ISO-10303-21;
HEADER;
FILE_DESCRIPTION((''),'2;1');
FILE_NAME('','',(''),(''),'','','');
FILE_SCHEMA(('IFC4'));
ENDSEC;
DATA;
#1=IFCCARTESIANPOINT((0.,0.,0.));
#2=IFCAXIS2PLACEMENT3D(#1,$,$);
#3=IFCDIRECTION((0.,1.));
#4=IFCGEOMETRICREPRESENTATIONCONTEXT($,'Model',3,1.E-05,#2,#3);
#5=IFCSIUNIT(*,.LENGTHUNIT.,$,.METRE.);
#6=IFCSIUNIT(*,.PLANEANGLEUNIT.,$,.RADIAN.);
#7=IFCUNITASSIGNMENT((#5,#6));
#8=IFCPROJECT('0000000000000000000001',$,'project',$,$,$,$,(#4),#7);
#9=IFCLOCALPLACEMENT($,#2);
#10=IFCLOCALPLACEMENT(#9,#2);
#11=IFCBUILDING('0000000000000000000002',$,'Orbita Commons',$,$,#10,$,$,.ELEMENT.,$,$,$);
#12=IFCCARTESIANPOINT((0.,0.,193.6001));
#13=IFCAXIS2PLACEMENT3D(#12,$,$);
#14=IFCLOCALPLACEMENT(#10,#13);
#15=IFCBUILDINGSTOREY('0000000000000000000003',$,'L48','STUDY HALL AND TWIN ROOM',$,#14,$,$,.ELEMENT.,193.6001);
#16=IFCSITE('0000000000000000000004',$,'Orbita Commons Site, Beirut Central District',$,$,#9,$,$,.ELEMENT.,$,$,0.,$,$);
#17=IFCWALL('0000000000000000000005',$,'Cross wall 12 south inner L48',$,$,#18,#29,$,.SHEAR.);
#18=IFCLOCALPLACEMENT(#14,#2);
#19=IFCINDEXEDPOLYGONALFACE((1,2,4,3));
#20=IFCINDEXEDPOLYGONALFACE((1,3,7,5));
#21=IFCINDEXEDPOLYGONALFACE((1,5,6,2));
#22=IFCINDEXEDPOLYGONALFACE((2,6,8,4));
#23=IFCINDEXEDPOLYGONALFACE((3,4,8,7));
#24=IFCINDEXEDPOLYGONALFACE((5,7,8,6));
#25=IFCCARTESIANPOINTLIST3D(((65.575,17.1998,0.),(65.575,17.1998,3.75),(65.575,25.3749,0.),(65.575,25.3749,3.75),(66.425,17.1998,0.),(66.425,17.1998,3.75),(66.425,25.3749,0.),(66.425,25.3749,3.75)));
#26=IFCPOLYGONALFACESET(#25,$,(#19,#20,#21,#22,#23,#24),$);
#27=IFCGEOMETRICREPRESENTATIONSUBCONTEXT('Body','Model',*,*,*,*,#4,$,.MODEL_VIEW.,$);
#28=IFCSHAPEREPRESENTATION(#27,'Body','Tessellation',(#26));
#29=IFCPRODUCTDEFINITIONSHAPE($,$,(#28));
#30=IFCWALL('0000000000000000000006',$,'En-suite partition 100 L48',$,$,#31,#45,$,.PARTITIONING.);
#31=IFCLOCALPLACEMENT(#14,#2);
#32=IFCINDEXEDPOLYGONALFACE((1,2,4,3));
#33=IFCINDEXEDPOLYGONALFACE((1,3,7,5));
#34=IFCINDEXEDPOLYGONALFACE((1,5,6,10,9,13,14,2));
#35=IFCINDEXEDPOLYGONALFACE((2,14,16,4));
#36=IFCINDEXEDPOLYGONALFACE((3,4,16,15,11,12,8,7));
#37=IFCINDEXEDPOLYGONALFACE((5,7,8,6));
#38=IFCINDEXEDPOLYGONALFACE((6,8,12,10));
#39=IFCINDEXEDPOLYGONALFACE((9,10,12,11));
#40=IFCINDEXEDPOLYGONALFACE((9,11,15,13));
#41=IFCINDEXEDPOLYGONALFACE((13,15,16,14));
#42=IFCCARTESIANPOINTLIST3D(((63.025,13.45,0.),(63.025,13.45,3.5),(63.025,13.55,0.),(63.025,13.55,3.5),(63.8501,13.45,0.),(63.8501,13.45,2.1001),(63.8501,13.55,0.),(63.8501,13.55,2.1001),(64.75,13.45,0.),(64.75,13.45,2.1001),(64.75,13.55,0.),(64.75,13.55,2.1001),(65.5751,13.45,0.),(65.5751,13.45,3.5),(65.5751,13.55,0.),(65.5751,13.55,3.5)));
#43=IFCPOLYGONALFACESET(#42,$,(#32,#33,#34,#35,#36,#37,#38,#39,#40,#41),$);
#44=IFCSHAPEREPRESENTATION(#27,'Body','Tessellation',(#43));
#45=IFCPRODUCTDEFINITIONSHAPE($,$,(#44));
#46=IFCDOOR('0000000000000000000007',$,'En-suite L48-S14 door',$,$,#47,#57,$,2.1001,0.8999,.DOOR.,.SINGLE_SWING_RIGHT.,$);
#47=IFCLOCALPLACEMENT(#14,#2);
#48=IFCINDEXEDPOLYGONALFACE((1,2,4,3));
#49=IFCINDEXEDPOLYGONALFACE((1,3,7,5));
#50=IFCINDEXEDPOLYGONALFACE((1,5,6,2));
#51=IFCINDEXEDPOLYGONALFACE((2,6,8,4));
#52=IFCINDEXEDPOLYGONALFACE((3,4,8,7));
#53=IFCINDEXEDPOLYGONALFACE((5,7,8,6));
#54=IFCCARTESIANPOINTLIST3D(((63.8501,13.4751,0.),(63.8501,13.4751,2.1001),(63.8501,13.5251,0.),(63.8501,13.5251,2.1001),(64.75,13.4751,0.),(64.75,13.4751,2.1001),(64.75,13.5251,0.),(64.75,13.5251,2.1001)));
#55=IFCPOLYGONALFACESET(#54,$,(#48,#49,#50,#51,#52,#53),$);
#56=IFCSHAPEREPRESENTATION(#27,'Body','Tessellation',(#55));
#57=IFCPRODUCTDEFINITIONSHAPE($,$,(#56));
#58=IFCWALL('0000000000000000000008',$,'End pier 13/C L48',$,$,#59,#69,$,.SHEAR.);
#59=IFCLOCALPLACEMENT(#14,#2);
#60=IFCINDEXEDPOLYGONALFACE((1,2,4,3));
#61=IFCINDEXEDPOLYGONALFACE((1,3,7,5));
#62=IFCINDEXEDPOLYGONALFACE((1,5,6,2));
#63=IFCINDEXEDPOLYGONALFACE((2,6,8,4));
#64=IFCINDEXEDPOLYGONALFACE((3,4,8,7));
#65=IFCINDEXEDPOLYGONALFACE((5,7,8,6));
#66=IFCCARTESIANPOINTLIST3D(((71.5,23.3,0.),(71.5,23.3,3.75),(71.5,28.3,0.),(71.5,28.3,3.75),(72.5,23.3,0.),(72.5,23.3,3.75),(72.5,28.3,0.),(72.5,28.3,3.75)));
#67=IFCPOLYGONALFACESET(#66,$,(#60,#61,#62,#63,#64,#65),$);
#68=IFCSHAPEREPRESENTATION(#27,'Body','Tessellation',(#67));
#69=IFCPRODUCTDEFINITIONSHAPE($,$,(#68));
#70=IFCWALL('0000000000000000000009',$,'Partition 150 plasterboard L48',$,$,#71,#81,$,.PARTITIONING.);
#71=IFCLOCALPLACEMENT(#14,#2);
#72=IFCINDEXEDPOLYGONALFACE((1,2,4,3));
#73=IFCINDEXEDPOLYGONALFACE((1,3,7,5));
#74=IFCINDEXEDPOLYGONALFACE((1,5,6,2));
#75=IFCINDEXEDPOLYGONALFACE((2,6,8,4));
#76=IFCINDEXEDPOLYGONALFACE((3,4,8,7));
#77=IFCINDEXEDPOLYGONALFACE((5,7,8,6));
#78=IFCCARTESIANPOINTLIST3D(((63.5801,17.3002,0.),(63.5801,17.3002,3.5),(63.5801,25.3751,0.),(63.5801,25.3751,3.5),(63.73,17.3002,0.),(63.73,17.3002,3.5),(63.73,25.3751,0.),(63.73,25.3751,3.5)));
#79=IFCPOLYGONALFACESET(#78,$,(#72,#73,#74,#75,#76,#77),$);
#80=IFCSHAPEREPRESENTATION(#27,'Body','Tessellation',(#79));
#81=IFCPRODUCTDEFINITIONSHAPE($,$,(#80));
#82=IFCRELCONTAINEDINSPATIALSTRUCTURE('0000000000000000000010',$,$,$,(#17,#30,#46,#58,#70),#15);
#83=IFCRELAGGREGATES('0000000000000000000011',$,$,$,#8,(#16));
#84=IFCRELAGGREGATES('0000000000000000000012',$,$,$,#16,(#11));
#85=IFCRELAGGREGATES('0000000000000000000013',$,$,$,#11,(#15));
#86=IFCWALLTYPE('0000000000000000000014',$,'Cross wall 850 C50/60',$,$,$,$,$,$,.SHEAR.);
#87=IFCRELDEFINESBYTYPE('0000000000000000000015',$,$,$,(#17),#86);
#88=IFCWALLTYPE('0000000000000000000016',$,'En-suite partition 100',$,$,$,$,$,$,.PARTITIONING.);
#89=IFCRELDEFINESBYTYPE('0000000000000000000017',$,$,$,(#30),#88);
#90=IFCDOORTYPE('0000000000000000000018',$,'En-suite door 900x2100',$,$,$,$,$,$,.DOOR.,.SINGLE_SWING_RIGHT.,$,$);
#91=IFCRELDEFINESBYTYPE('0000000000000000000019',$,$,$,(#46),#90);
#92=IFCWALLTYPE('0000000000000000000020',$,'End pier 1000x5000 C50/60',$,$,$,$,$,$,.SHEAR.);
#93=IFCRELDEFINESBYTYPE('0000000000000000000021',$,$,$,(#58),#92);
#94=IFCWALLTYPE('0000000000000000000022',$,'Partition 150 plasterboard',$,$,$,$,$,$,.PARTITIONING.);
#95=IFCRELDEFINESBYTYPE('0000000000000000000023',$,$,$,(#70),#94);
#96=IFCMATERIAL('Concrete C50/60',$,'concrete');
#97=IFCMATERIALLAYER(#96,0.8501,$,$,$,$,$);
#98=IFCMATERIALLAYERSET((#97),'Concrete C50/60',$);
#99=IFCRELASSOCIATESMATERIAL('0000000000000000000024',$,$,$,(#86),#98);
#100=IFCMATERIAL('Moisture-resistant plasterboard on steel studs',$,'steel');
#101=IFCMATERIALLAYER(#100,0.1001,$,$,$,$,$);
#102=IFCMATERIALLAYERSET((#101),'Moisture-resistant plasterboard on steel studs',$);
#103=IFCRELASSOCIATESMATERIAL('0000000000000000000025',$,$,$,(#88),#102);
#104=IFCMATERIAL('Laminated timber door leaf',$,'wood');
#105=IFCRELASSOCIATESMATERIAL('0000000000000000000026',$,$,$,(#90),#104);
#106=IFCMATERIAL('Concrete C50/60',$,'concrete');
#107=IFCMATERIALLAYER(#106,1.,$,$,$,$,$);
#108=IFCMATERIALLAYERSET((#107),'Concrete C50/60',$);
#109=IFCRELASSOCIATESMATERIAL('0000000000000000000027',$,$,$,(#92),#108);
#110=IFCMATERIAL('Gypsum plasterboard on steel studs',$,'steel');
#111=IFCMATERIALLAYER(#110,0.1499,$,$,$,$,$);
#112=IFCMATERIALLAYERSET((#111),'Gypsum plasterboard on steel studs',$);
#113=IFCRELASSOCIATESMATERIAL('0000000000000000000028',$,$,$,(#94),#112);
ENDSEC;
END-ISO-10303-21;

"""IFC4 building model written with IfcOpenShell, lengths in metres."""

from ifc_helpers import new_model, si_unit, direction, frame, frame_2d, origin, place, context, subcontext, project, spatial, rectangle, extrude, material, layer, layer_set, type_object, element, fill, save


model = new_model("IFC4")

# Units and contexts
model_context = context("Model", 3, precision=1e-05, world=origin(), true_north=direction((0.0, 1.0)))
body_context = subcontext(model_context, "Body", "Model", "MODEL_VIEW")
ifc_project = project(units=[si_unit("LENGTHUNIT", "METRE"), si_unit("PLANEANGLEUNIT", "RADIAN")], contexts=[model_context])

# Site, building, storey
site_placement = place(None, origin())
site = spatial("IfcSite", under=ifc_project, at=site_placement, Name="Orbita Commons Site, Beirut Central District", CompositionType="ELEMENT", RefElevation=0.0)
building_placement = place(site_placement, origin())
building = spatial("IfcBuilding", under=site, at=building_placement, Name="Orbita Commons", CompositionType="ELEMENT")
storey_placement = place(building_placement, frame((0.0, 0.0, 193.6001)))
storey = spatial("IfcBuildingStorey", under=building, at=storey_placement, Name="L48", Description="STUDY HALL AND TWIN ROOM", CompositionType="ELEMENT", Elevation=193.6001)

# Wall
ifc_material_1 = material(Name="Concrete C50/60", Category="concrete")
ifc_layer_1 = layer(ifc_material_1, 0.8501)
ifc_layer_set_1 = layer_set([ifc_layer_1], Name="Concrete C50/60")
wall_type_1 = type_object("IfcWallType", Name="Cross wall 850 C50/60", PredefinedType="SHEAR", material=ifc_layer_set_1)
wall_1_placement = place(storey_placement, frame((66.0, 17.2, 0.0), z_axis=(0.0, 0.0, 1.0), x_axis=(0.0, 1.0, 0.0)))
element("IfcWall", 1, at=wall_1_placement, inside=storey, type_object=wall_type_1, Name="Cross wall 12 south inner L48", PredefinedType="SHEAR", context=body_context, shape_type="SweptSolid", body=[
    extrude(rectangle(XDim=8.175, YDim=0.8501, at=frame_2d((4.0874, 0.0))), origin(), (0.0, 0.0, 1.0), 3.75),
])

# Wall, opening, door
ifc_material_2 = material(Name="Moisture-resistant plasterboard on steel studs", Category="steel")
ifc_layer_2 = layer(ifc_material_2, 0.1001)
ifc_layer_set_2 = layer_set([ifc_layer_2], Name="Moisture-resistant plasterboard on steel studs")
wall_type_2 = type_object("IfcWallType", Name="En-suite partition 100", PredefinedType="PARTITIONING", material=ifc_layer_set_2)
wall_2_placement = place(storey_placement, frame((65.575, 13.5, 0.0), z_axis=(0.0, 0.0, 1.0), x_axis=(-1.0, 0.0, 0.0)))
wall_2 = element("IfcWall", 2, at=wall_2_placement, inside=storey, type_object=wall_type_2, Name="En-suite partition 100 L48", PredefinedType="PARTITIONING", context=body_context, shape_type="SweptSolid", body=[
    extrude(rectangle(XDim=2.55, YDim=0.1001, at=frame_2d((1.2749, 0.0))), origin(), (0.0, 0.0, 1.0), 3.5),
])
opening_1_placement = place(wall_2_placement, frame((0.825, 0.0, 0.0)))
opening_1 = element("IfcOpeningElement", 3, at=opening_1_placement, cuts=wall_2, PredefinedType="OPENING", context=body_context, shape_type="SweptSolid", body=[
    extrude(rectangle(XDim=0.8999, YDim=2.1001, at=frame_2d((0.45, 1.05))), frame((0.0, 0.0601, 0.0), z_axis=(0.0, -1.0, 0.0), x_axis=(1.0, 0.0, 0.0)), (0.0, 0.0, 1.0), 0.1201),
])
ifc_material_3 = material(Name="Laminated timber door leaf", Category="wood")
door_type_1 = type_object("IfcDoorType", Name="En-suite door 900x2100", OperationType="SINGLE_SWING_RIGHT", PredefinedType="DOOR", material=ifc_material_3)
door_1_placement = place(opening_1_placement, origin())
door_1 = element("IfcDoor", 4, at=door_1_placement, inside=storey, type_object=door_type_1, Name="En-suite L48-S14 door", OperationType="SINGLE_SWING_RIGHT", OverallHeight=2.1001, OverallWidth=0.8999, PredefinedType="DOOR", context=body_context, shape_type="SweptSolid", body=[
    extrude(rectangle(XDim=0.8999, YDim=2.1001, at=frame_2d((0.45, 1.05))), frame((0.0, 0.0249, 0.0), z_axis=(0.0, -1.0, 0.0), x_axis=(1.0, 0.0, 0.0)), (0.0, 0.0, 1.0), 0.05),
])
fill(opening_1, door_1)

# Walls
ifc_material_4 = material(Name="Concrete C50/60", Category="concrete")
ifc_layer_3 = layer(ifc_material_4, 1.0)
ifc_layer_set_3 = layer_set([ifc_layer_3], Name="Concrete C50/60")
wall_type_3 = type_object("IfcWallType", Name="End pier 1000x5000 C50/60", PredefinedType="SHEAR", material=ifc_layer_set_3)
wall_3_placement = place(storey_placement, frame((72.0, 23.3, 0.0), z_axis=(0.0, 0.0, 1.0), x_axis=(0.0, 1.0, 0.0)))
element("IfcWall", 5, at=wall_3_placement, inside=storey, type_object=wall_type_3, Name="End pier 13/C L48", PredefinedType="SHEAR", context=body_context, shape_type="SweptSolid", body=[
    extrude(rectangle(XDim=5.0, YDim=1.0, at=frame_2d((2.5, 0.0))), origin(), (0.0, 0.0, 1.0), 3.75),
])
ifc_material_5 = material(Name="Gypsum plasterboard on steel studs", Category="steel")
ifc_layer_4 = layer(ifc_material_5, 0.1499)
ifc_layer_set_4 = layer_set([ifc_layer_4], Name="Gypsum plasterboard on steel studs")
wall_type_4 = type_object("IfcWallType", Name="Partition 150 plasterboard", PredefinedType="PARTITIONING", material=ifc_layer_set_4)
wall_4_placement = place(storey_placement, frame((63.655, 17.3, 0.0), z_axis=(0.0, 0.0, 1.0), x_axis=(0.0, 1.0, 0.0)))
element("IfcWall", 6, at=wall_4_placement, inside=storey, type_object=wall_type_4, Name="Partition 150 plasterboard L48", PredefinedType="PARTITIONING", context=body_context, shape_type="SweptSolid", body=[
    extrude(rectangle(XDim=8.075, YDim=0.1499, at=frame_2d((4.0376, 0.0))), origin(), (0.0, 0.0, 1.0), 3.5),
])

save(model, "model.ifc")
